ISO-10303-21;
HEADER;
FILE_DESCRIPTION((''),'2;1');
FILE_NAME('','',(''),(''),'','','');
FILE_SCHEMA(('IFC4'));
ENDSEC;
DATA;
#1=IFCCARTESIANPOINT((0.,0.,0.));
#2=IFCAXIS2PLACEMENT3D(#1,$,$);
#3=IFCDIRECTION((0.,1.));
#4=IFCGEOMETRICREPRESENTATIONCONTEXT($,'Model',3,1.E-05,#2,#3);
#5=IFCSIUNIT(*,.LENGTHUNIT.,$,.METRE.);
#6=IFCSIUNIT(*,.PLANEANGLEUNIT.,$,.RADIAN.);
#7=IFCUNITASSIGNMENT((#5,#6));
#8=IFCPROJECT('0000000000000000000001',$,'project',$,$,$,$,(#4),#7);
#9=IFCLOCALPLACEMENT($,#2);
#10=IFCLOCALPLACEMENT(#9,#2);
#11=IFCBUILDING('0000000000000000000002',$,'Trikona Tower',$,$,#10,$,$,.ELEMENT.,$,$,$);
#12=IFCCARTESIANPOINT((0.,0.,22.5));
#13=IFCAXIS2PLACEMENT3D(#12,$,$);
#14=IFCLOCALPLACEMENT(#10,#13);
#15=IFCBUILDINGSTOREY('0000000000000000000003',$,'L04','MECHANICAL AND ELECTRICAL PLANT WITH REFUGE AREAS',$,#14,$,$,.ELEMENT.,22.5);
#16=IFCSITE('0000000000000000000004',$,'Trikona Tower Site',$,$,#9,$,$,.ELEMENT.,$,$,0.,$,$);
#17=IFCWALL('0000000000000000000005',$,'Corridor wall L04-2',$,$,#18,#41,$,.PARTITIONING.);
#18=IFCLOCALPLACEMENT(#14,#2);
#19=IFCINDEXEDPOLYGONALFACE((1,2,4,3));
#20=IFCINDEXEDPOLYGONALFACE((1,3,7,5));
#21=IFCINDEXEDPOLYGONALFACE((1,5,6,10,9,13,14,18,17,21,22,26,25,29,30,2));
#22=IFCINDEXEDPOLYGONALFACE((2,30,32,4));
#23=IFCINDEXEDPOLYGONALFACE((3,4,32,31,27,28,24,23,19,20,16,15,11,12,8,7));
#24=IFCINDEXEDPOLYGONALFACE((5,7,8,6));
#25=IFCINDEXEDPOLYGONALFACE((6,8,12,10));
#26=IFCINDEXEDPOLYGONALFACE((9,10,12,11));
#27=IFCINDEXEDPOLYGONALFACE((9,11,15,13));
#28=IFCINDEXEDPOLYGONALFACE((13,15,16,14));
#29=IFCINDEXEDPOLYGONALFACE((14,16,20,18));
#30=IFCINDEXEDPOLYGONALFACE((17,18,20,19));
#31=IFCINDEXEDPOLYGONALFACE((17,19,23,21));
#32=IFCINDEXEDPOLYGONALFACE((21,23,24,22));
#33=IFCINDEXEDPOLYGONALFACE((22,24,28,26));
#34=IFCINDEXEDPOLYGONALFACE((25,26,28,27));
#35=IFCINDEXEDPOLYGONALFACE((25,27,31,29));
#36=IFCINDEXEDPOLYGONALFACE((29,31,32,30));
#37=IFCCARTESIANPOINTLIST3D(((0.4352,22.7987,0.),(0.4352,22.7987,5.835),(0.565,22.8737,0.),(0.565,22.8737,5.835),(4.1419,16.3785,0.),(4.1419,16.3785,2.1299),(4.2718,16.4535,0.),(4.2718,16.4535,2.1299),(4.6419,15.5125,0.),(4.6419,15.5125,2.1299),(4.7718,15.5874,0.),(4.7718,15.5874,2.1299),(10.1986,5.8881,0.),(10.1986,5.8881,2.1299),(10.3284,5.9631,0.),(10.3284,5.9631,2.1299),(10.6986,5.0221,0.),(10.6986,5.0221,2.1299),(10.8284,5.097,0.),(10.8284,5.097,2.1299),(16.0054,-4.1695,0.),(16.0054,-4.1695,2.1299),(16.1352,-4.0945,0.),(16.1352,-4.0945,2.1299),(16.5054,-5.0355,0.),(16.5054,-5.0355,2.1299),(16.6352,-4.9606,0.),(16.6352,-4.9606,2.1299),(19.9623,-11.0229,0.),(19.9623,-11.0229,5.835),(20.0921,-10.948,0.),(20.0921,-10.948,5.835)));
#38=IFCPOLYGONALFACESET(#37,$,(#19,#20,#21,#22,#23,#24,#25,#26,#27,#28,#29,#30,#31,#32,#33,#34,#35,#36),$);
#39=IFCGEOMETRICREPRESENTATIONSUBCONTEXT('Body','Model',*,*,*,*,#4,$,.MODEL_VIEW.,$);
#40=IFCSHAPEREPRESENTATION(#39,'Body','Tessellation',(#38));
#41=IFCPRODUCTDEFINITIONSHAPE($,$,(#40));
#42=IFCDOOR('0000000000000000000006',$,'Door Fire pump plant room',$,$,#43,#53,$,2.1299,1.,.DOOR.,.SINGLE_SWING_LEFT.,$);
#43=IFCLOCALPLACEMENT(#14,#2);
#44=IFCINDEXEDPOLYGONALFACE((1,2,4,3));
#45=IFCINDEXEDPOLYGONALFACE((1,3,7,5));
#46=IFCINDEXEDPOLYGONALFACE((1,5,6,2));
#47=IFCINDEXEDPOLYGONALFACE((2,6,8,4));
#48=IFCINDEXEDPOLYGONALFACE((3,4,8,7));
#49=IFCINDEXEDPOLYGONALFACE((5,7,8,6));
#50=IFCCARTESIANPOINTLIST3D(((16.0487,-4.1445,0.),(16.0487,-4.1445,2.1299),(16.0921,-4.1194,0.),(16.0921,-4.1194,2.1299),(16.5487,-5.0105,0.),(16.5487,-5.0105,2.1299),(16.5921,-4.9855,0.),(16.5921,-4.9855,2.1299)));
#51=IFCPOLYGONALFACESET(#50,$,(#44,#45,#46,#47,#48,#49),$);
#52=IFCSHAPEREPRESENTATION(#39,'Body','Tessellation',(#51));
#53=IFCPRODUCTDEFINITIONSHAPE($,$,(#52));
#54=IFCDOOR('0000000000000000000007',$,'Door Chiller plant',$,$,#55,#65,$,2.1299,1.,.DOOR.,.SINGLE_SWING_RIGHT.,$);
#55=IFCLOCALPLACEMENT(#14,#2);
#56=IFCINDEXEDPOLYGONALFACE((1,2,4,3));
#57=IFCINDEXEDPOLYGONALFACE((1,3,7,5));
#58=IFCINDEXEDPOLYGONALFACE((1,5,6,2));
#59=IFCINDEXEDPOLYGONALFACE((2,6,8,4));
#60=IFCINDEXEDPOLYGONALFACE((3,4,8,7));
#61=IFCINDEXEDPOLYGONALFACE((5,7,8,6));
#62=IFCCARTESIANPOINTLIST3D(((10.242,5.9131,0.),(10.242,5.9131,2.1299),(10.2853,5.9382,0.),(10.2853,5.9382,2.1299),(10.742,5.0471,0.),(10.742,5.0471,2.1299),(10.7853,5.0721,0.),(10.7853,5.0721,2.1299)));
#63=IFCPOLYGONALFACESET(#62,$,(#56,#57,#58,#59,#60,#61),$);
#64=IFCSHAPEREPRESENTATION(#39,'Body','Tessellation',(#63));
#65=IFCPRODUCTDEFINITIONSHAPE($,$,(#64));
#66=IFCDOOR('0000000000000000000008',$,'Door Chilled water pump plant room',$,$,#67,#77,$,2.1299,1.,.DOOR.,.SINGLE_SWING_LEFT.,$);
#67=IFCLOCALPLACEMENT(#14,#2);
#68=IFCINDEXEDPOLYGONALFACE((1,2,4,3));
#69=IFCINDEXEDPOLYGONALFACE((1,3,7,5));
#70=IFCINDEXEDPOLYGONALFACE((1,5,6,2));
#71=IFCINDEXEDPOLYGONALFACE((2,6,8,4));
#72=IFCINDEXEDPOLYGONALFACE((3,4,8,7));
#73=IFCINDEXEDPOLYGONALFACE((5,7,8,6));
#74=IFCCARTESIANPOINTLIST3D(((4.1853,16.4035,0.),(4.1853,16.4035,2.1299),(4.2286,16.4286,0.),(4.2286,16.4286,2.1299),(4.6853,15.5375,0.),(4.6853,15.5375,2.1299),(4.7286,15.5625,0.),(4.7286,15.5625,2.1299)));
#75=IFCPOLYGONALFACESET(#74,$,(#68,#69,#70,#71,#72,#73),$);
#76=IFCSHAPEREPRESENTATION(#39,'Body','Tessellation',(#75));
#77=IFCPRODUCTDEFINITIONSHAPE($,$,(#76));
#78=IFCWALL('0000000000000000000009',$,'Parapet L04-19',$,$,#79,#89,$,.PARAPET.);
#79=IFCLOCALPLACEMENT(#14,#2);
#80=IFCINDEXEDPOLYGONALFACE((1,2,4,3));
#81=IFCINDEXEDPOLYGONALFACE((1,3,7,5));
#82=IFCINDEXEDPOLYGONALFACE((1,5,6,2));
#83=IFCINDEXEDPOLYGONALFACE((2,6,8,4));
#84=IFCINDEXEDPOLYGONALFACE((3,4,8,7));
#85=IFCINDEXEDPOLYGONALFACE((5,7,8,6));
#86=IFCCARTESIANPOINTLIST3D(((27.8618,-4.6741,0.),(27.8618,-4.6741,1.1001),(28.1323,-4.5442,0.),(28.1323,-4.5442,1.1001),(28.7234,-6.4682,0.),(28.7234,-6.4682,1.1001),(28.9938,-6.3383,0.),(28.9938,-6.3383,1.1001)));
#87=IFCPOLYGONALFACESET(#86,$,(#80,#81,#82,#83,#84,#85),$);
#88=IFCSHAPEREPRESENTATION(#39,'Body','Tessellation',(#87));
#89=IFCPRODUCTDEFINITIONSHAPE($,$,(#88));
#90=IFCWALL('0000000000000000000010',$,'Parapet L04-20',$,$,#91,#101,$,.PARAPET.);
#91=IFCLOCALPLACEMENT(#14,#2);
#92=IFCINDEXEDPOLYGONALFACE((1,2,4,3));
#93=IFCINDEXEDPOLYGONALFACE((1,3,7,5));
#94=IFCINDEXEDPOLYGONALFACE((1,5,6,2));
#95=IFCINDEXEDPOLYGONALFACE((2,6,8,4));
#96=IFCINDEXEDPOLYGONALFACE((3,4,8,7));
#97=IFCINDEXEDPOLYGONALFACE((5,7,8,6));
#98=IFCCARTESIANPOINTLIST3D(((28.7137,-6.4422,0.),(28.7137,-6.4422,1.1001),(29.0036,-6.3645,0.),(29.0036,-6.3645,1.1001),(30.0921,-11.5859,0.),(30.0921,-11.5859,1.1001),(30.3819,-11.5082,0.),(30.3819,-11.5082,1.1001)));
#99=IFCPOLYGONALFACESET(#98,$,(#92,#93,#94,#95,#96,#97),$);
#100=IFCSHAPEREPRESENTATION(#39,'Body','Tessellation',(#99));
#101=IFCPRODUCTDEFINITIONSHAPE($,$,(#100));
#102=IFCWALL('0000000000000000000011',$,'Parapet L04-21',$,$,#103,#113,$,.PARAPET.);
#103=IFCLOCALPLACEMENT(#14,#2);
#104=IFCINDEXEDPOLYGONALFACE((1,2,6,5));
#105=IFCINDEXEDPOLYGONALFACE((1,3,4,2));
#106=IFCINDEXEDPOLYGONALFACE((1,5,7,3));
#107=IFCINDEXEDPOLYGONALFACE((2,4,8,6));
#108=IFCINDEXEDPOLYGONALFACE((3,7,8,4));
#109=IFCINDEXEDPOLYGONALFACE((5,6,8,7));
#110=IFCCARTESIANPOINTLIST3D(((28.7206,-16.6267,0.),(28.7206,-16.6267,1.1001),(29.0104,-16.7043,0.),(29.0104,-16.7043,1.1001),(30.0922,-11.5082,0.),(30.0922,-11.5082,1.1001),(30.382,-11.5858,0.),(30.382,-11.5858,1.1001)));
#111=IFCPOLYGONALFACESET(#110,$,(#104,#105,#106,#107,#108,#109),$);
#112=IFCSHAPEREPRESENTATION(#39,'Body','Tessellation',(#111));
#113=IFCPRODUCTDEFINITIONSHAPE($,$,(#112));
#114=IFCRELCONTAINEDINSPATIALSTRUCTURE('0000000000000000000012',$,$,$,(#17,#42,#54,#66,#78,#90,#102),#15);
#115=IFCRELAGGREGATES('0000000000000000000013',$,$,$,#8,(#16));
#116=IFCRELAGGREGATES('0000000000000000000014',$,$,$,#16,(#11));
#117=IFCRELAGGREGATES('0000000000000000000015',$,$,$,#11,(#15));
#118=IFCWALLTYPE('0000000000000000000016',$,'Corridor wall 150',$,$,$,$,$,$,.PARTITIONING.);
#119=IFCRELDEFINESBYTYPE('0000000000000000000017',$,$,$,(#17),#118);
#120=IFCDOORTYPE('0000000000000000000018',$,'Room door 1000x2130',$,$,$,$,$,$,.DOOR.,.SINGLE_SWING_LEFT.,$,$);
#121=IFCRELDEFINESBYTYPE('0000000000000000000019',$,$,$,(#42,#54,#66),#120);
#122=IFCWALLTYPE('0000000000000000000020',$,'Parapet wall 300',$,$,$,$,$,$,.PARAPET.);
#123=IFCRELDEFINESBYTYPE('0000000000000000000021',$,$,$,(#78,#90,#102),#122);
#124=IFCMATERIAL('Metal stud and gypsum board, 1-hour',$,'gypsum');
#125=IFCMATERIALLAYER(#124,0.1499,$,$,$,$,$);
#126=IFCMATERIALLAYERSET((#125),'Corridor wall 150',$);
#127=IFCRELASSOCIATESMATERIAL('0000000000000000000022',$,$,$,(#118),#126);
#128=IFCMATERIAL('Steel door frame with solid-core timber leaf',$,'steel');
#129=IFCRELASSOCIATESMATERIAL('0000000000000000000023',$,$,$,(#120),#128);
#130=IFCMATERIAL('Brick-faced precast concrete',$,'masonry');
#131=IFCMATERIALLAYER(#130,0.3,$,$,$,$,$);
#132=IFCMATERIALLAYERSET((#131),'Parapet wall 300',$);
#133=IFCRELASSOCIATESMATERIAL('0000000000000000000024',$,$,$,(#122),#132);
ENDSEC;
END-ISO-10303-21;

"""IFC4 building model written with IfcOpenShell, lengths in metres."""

from ifc_helpers import new_model, si_unit, direction, frame, frame_2d, origin, place, context, subcontext, project, spatial, rectangle, extrude, material, layer, layer_set, type_object, element, fill, save


model = new_model("IFC4")

# Units and contexts
model_context = context("Model", 3, precision=1e-05, world=origin(), true_north=direction((0.0, 1.0)))
body_context = subcontext(model_context, "Body", "Model", "MODEL_VIEW")
ifc_project = project(units=[si_unit("LENGTHUNIT", "METRE"), si_unit("PLANEANGLEUNIT", "RADIAN")], contexts=[model_context])

# Site, building, storey
site_placement = place(None, origin())
site = spatial("IfcSite", under=ifc_project, at=site_placement, Name="Trikona Tower Site", CompositionType="ELEMENT", RefElevation=0.0)
building_placement = place(site_placement, origin())
building = spatial("IfcBuilding", under=site, at=building_placement, Name="Trikona Tower", CompositionType="ELEMENT")
storey_placement = place(building_placement, frame((0.0, 0.0, 22.5)))
storey = spatial("IfcBuildingStorey", under=building, at=storey_placement, Name="L04", Description="MECHANICAL AND ELECTRICAL PLANT WITH REFUGE AREAS", CompositionType="ELEMENT", Elevation=22.5)

# Wall, openings, doors
ifc_material_1 = material(Name="Metal stud and gypsum board, 1-hour", Category="gypsum")
ifc_layer_1 = layer(ifc_material_1, 0.1499)
ifc_layer_set_1 = layer_set([ifc_layer_1], Name="Corridor wall 150")
wall_type_1 = type_object("IfcWallType", Name="Corridor wall 150", PredefinedType="PARTITIONING", material=ifc_layer_set_1)
wall_1_placement = place(storey_placement, frame((20.0271, -10.9854, 0.0), z_axis=(0.0, 0.0, 1.0), x_axis=(-0.500002, 0.866024, 0.0)))
wall_1 = element("IfcWall", 1, at=wall_1_placement, inside=storey, type_object=wall_type_1, Name="Corridor wall L04-2", PredefinedType="PARTITIONING", context=body_context, shape_type="SweptSolid", body=[
    extrude(rectangle(XDim=39.054, YDim=0.1499, at=frame_2d((19.5269, 0.0))), origin(), (0.0, 0.0, 1.0), 5.835),
])
opening_1_placement = place(wall_1_placement, frame((6.9136, 0.0, 0.0)))
opening_1 = element("IfcOpeningElement", 2, at=opening_1_placement, cuts=wall_1, PredefinedType="OPENING", context=body_context, shape_type="SweptSolid", body=[
    extrude(rectangle(XDim=1.0, YDim=2.1299, at=frame_2d((0.5, 1.0649))), frame((0.0, 0.085, 0.0), z_axis=(0.0, -1.0, 0.0), x_axis=(1.0, 0.0, 0.0)), (0.0, 0.0, 1.0), 0.1699),
])
opening_2_placement = place(wall_1_placement, frame((18.5271, 0.0, 0.0)))
opening_2 = element("IfcOpeningElement", 3, at=opening_2_placement, cuts=wall_1, PredefinedType="OPENING", context=body_context, shape_type="SweptSolid", body=[
    extrude(rectangle(XDim=1.0, YDim=2.1299, at=frame_2d((0.5, 1.0649))), frame((0.0, 0.085, 0.0), z_axis=(0.0, -1.0, 0.0), x_axis=(1.0, 0.0, 0.0)), (0.0, 0.0, 1.0), 0.1699),
])
opening_3_placement = place(wall_1_placement, frame((30.6404, 0.0, 0.0)))
opening_3 = element("IfcOpeningElement", 4, at=opening_3_placement, cuts=wall_1, PredefinedType="OPENING", context=body_context, shape_type="SweptSolid", body=[
    extrude(rectangle(XDim=1.0, YDim=2.1299, at=frame_2d((0.5, 1.0649))), frame((0.0, 0.085, 0.0), z_axis=(0.0, -1.0, 0.0), x_axis=(1.0, 0.0, 0.0)), (0.0, 0.0, 1.0), 0.1699),
])
ifc_material_2 = material(Name="Steel door frame with solid-core timber leaf", Category="steel")
door_type_1 = type_object("IfcDoorType", Name="Room door 1000x2130", OperationType="SINGLE_SWING_LEFT", PredefinedType="DOOR", material=ifc_material_2)
door_1_placement = place(opening_1_placement, origin())
door_1 = element("IfcDoor", 5, at=door_1_placement, inside=storey, type_object=door_type_1, Name="Door Fire pump plant room", OperationType="SINGLE_SWING_LEFT", OverallHeight=2.1299, OverallWidth=1.0, PredefinedType="DOOR", context=body_context, shape_type="SweptSolid", body=[
    extrude(rectangle(XDim=1.0, YDim=2.1299, at=frame_2d((0.5, 1.0649))), frame((0.0, 0.0249, 0.0), z_axis=(0.0, -1.0, 0.0), x_axis=(1.0, 0.0, 0.0)), (0.0, 0.0, 1.0), 0.05),
])
fill(opening_1, door_1)
door_2_placement = place(opening_2_placement, origin())
door_2 = element("IfcDoor", 6, at=door_2_placement, inside=storey, type_object=door_type_1, Name="Door Chiller plant", OperationType="SINGLE_SWING_RIGHT", OverallHeight=2.1299, OverallWidth=1.0, PredefinedType="DOOR", context=body_context, shape_type="SweptSolid", body=[
    extrude(rectangle(XDim=1.0, YDim=2.1299, at=frame_2d((0.5, 1.0649))), frame((0.0, 0.0249, 0.0), z_axis=(0.0, -1.0, 0.0), x_axis=(1.0, 0.0, 0.0)), (0.0, 0.0, 1.0), 0.05),
])
fill(opening_2, door_2)
door_3_placement = place(opening_3_placement, origin())
door_3 = element("IfcDoor", 7, at=door_3_placement, inside=storey, type_object=door_type_1, Name="Door Chilled water pump plant room", OperationType="SINGLE_SWING_LEFT", OverallHeight=2.1299, OverallWidth=1.0, PredefinedType="DOOR", context=body_context, shape_type="SweptSolid", body=[
    extrude(rectangle(XDim=1.0, YDim=2.1299, at=frame_2d((0.5, 1.0649))), frame((0.0, 0.0249, 0.0), z_axis=(0.0, -1.0, 0.0), x_axis=(1.0, 0.0, 0.0)), (0.0, 0.0, 1.0), 0.05),
])
fill(opening_3, door_3)

# Walls
ifc_material_3 = material(Name="Brick-faced precast concrete", Category="masonry")
ifc_layer_2 = layer(ifc_material_3, 0.3)
ifc_layer_set_2 = layer_set([ifc_layer_2], Name="Parapet wall 300")
wall_type_2 = type_object("IfcWallType", Name="Parapet wall 300", PredefinedType="PARAPET", material=ifc_layer_set_2)
wall_2_placement = place(storey_placement, frame((27.9971, -4.6091, 0.0), z_axis=(0.0, 0.0, 1.0), x_axis=(0.432879, -0.901452, 0.0)))
element("IfcWall", 8, at=wall_2_placement, inside=storey, type_object=wall_type_2, Name="Parapet L04-19", PredefinedType="PARAPET", context=body_context, shape_type="SweptSolid", body=[
    extrude(rectangle(XDim=1.9902, YDim=0.3, at=frame_2d((0.9951, 0.0))), origin(), (0.0, 0.0, 1.0), 1.1001),
])
wall_3_placement = place(storey_placement, frame((28.8586, -6.4033, 0.0), z_axis=(0.0, 0.0, 1.0), x_axis=(0.258844, -0.965919, 0.0)))
element("IfcWall", 9, at=wall_3_placement, inside=storey, type_object=wall_type_2, Name="Parapet L04-20", PredefinedType="PARAPET", context=body_context, shape_type="SweptSolid", body=[
    extrude(rectangle(XDim=5.3252, YDim=0.3, at=frame_2d((2.6626, 0.0))), origin(), (0.0, 0.0, 1.0), 1.1001),
])
wall_4_placement = place(storey_placement, frame((30.2371, -11.5471, 0.0), z_axis=(0.0, 0.0, 1.0), x_axis=(-0.258838, -0.965921, 0.0)))
element("IfcWall", 10, at=wall_4_placement, inside=storey, type_object=wall_type_2, Name="Parapet L04-21", PredefinedType="PARAPET", context=body_context, shape_type="SweptSolid", body=[
    extrude(rectangle(XDim=5.2991, YDim=0.3, at=frame_2d((2.6494, 0.0))), origin(), (0.0, 0.0, 1.0), 1.1001),
])

save(model, "model.ifc")
